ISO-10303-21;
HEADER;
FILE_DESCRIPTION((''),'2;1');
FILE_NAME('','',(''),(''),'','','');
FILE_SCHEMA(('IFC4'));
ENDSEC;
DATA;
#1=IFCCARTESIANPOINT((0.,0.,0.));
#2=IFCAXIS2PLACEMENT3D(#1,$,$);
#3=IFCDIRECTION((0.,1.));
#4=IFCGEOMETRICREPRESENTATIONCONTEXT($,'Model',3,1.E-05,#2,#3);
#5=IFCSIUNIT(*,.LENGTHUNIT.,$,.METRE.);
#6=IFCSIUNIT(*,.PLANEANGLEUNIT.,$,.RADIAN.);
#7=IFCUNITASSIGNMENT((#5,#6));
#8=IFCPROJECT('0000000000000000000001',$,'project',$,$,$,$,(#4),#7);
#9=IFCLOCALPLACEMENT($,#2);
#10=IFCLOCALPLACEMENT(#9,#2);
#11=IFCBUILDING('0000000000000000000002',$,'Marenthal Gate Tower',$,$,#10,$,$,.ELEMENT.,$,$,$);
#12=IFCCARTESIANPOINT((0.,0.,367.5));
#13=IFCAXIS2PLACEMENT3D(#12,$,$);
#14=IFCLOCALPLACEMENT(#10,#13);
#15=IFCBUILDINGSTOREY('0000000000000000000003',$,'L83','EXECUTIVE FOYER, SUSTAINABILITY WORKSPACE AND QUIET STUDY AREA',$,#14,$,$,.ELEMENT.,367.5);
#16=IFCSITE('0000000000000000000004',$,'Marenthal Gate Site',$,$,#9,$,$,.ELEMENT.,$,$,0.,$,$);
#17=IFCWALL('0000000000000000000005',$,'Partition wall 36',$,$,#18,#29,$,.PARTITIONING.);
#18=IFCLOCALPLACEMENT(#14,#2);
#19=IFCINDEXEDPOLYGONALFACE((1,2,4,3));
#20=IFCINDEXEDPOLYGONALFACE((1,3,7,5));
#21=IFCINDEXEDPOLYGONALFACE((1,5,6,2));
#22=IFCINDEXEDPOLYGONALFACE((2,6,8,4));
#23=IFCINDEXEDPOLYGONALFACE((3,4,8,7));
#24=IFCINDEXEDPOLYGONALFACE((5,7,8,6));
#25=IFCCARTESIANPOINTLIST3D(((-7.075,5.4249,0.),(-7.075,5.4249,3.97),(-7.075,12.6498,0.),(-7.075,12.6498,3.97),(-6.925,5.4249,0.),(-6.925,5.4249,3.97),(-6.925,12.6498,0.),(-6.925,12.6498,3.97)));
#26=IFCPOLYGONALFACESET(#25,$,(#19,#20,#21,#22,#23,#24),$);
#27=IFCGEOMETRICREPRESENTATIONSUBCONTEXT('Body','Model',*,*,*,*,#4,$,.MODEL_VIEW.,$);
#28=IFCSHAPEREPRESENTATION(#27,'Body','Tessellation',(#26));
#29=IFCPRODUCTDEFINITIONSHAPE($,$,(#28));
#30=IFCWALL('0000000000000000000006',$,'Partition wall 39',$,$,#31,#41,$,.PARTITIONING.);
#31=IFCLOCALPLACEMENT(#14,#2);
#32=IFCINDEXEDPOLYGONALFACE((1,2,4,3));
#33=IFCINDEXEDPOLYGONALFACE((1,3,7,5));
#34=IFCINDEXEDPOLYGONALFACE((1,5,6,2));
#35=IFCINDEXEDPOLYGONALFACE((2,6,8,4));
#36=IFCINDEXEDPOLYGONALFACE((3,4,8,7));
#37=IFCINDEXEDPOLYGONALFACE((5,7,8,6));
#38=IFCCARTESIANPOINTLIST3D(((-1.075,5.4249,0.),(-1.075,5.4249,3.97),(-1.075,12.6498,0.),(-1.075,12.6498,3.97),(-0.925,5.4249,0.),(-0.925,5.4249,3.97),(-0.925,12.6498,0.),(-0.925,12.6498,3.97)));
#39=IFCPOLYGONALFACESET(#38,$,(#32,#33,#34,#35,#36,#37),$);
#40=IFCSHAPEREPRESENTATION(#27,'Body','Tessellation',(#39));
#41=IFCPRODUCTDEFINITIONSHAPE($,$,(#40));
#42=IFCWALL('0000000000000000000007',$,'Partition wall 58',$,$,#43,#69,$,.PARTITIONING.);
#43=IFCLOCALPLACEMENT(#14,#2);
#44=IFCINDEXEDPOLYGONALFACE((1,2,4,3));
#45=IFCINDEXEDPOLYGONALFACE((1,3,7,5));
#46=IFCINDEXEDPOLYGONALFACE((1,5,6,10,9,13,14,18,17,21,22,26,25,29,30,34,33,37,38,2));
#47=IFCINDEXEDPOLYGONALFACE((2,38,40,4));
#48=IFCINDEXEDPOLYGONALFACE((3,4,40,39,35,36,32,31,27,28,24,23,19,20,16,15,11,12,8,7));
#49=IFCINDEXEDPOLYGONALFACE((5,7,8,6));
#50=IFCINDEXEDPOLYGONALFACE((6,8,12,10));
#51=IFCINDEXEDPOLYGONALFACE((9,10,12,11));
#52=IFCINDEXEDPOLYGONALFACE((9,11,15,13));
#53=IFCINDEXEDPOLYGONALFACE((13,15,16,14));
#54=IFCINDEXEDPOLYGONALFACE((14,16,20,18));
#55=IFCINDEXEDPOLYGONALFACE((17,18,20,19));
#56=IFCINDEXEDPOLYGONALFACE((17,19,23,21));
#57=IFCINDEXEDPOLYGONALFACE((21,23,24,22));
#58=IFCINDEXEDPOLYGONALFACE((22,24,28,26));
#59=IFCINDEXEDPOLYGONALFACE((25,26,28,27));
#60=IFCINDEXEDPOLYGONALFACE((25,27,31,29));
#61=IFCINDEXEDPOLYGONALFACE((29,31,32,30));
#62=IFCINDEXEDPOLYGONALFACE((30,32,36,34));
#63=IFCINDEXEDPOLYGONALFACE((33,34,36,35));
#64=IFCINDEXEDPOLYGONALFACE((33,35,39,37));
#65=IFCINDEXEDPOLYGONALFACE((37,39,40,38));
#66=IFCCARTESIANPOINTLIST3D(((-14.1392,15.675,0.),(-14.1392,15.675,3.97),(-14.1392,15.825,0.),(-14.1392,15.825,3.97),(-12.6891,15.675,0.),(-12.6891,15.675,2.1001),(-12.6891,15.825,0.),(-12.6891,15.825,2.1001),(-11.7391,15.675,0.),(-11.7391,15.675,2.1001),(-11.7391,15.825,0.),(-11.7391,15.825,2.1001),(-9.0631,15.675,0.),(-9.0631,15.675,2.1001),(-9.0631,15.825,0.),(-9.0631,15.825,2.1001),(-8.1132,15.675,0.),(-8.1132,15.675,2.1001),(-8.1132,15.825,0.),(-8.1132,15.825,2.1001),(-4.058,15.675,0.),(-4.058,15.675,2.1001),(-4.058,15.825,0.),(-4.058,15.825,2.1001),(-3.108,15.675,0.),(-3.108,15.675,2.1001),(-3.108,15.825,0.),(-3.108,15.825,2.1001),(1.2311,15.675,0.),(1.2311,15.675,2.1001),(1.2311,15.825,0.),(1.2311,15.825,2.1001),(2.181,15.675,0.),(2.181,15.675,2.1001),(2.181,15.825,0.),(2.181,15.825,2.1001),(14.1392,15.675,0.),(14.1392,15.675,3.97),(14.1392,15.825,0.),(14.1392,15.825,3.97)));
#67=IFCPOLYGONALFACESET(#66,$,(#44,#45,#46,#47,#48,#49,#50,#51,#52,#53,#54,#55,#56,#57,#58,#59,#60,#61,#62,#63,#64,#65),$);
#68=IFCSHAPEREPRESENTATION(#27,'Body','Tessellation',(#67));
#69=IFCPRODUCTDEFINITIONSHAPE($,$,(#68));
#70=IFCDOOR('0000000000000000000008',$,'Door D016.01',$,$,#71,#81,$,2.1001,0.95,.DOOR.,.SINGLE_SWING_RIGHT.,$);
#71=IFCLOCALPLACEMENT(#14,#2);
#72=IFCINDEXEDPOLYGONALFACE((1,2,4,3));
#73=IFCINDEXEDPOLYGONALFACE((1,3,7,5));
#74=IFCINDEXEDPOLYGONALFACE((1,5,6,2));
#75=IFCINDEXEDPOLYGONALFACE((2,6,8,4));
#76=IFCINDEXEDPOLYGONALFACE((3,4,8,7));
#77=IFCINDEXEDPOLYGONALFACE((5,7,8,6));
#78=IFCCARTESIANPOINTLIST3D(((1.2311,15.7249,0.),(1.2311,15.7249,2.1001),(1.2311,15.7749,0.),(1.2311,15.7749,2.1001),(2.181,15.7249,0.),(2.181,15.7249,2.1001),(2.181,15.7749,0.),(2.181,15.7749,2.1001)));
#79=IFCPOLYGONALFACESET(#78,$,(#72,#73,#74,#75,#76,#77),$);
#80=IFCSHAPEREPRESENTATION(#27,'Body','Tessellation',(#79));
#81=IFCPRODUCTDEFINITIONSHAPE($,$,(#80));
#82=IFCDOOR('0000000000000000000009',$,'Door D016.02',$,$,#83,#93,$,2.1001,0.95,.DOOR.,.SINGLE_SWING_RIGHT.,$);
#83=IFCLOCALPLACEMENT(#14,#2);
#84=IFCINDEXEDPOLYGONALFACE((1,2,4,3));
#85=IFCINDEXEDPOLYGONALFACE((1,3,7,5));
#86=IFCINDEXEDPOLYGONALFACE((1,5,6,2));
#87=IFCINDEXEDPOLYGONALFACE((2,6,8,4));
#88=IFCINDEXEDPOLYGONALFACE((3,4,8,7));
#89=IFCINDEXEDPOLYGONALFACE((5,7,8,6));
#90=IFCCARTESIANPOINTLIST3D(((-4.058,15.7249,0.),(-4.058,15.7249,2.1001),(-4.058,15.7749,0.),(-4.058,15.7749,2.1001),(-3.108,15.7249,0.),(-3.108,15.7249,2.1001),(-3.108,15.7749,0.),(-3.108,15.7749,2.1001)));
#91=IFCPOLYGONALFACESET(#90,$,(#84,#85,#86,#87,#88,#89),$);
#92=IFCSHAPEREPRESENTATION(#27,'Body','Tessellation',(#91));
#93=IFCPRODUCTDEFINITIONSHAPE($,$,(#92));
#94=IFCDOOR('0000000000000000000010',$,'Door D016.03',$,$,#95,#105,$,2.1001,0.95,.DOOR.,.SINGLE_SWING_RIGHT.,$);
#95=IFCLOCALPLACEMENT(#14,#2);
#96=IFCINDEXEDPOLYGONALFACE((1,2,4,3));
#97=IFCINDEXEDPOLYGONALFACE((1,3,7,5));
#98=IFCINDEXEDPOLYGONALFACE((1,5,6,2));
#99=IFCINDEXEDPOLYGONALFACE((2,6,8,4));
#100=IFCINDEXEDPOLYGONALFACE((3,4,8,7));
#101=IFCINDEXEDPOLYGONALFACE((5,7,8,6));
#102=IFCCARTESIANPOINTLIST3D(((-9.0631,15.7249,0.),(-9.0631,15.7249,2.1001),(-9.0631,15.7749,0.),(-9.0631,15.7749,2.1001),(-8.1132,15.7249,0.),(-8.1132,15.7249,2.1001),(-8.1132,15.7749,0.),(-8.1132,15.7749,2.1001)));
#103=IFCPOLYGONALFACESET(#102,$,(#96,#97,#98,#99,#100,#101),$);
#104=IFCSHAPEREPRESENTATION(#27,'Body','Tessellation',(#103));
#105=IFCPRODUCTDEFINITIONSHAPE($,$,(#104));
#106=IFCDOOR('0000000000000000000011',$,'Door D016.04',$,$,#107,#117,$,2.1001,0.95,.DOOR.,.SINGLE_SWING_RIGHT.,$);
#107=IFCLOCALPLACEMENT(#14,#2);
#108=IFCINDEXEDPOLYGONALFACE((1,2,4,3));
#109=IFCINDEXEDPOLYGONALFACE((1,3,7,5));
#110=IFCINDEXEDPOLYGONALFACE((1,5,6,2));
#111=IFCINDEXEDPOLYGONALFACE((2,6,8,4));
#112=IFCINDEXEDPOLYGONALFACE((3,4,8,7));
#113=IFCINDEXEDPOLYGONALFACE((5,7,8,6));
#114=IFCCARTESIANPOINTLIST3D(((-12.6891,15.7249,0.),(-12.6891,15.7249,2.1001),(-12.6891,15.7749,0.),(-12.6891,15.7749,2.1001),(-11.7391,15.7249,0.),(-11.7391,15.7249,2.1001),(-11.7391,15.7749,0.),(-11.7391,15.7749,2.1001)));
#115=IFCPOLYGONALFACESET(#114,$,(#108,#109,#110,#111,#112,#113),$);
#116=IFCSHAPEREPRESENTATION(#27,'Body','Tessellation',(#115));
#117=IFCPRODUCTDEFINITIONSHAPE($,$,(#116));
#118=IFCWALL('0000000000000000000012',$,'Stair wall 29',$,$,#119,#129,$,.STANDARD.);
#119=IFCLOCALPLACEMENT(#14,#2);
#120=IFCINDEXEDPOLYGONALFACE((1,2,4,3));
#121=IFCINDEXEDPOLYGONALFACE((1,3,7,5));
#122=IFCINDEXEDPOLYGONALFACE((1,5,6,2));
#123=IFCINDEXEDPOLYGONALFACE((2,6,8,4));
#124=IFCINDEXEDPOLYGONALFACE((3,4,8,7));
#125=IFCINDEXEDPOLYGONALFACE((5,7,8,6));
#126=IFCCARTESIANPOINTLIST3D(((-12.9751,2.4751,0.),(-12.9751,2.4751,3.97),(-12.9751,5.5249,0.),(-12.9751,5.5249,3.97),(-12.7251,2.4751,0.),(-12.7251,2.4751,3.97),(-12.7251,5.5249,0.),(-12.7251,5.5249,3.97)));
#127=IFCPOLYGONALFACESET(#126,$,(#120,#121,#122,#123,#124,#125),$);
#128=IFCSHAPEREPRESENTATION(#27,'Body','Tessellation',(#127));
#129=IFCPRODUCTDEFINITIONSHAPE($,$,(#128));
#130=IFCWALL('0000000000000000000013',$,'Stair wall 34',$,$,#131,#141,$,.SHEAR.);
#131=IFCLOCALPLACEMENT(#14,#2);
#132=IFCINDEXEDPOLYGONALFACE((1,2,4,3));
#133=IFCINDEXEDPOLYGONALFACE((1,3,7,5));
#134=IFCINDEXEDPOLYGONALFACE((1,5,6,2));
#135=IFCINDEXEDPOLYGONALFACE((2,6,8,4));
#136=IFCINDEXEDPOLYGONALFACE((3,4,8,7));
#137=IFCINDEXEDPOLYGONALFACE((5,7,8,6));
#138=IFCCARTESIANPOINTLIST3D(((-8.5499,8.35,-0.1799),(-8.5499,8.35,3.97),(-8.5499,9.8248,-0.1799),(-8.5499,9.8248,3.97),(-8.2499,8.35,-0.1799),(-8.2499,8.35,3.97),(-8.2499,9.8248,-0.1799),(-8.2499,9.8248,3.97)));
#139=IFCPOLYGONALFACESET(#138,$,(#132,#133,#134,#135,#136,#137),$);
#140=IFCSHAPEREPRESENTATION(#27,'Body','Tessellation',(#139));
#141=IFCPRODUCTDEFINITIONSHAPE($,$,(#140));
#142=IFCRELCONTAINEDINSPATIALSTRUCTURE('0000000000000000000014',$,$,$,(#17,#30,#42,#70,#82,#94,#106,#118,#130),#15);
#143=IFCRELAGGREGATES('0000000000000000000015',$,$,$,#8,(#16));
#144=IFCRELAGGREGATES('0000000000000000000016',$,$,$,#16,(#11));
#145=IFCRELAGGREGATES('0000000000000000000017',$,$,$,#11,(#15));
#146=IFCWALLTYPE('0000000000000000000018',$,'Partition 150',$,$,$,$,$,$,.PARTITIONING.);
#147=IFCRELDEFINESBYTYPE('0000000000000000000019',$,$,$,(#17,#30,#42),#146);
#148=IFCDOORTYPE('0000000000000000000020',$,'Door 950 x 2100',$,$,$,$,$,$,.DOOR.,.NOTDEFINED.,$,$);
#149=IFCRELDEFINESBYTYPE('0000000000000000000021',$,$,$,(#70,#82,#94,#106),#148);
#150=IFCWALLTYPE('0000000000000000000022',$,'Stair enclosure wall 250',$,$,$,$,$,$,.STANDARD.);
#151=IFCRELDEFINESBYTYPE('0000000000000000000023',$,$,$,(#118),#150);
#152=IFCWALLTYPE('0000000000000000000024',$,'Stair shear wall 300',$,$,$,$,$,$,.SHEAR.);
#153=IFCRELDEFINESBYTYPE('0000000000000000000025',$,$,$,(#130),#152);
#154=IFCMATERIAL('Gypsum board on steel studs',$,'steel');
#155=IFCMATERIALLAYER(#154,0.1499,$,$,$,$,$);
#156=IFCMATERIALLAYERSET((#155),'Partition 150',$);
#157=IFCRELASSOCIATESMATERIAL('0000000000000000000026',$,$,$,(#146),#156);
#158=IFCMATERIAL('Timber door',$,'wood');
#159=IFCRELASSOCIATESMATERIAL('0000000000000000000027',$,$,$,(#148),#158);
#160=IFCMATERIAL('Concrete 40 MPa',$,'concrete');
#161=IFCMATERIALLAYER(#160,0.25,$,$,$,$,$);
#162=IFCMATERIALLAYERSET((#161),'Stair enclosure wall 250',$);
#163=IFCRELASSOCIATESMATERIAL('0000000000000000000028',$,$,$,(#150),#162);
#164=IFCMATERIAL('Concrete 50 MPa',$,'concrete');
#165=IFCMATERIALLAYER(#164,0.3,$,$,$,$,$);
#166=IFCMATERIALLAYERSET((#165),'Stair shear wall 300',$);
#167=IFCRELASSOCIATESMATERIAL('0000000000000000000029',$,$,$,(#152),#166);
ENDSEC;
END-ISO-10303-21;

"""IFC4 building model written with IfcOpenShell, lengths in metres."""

from ifc_helpers import new_model, si_unit, direction, frame, frame_2d, origin, place, context, subcontext, project, spatial, rectangle, extrude, material, layer, layer_set, type_object, element, fill, save


model = new_model("IFC4")

# Units and contexts
model_context = context("Model", 3, precision=1e-05, world=origin(), true_north=direction((0.0, 1.0)))
body_context = subcontext(model_context, "Body", "Model", "MODEL_VIEW")
ifc_project = project(units=[si_unit("LENGTHUNIT", "METRE"), si_unit("PLANEANGLEUNIT", "RADIAN")], contexts=[model_context])

# Site, building, storey
site_placement = place(None, origin())
site = spatial("IfcSite", under=ifc_project, at=site_placement, Name="Marenthal Gate Site", CompositionType="ELEMENT", RefElevation=0.0)
building_placement = place(site_placement, origin())
building = spatial("IfcBuilding", under=site, at=building_placement, Name="Marenthal Gate Tower", CompositionType="ELEMENT")
storey_placement = place(building_placement, frame((0.0, 0.0, 367.5)))
storey = spatial("IfcBuildingStorey", under=building, at=storey_placement, Name="L83", Description="EXECUTIVE FOYER, SUSTAINABILITY WORKSPACE AND QUIET STUDY AREA", CompositionType="ELEMENT", Elevation=367.5)

# Walls
ifc_material_1 = material(Name="Gypsum board on steel studs", Category="steel")
ifc_layer_1 = layer(ifc_material_1, 0.1499)
ifc_layer_set_1 = layer_set([ifc_layer_1], Name="Partition 150")
wall_type_1 = type_object("IfcWallType", Name="Partition 150", PredefinedType="PARTITIONING", material=ifc_layer_set_1)
for number, where, z_axis, x_axis, name in (
    (1, (-7.0, 5.425, 0.0), (0.0, 0.0, 1.0), (0.0, 1.0, 0.0), "Partition wall 36"),
    (2, (-1.0, 5.425, 0.0), (0.0, 0.0, 1.0), (0.0, 1.0, 0.0), "Partition wall 39"),
):
    element("IfcWall", number, at=place(storey_placement, frame(where, z_axis=z_axis, x_axis=x_axis)), inside=storey, type_object=wall_type_1, Name=name, PredefinedType="PARTITIONING", context=body_context, shape_type="SweptSolid", body=[
        extrude(rectangle(XDim=7.2249, YDim=0.1499, at=frame_2d((3.6123, 0.0))), origin(), (0.0, 0.0, 1.0), 3.97),
    ])

# Wall, openings, doors
wall_1_placement = place(storey_placement, frame((-14.1392, 15.75, 0.0), z_axis=(0.0, 0.0, 1.0), x_axis=(1.0, 0.0, 0.0)))
wall_1 = element("IfcWall", 3, at=wall_1_placement, inside=storey, type_object=wall_type_1, Name="Partition wall 58", PredefinedType="PARTITIONING", context=body_context, shape_type="SweptSolid", body=[
    extrude(rectangle(XDim=28.2783, YDim=0.1499, at=frame_2d((14.1392, 0.0))), origin(), (0.0, 0.0, 1.0), 3.97),
])
opening_1_placement = place(wall_1_placement, frame((15.3701, 0.0, 0.0)))
opening_1 = element("IfcOpeningElement", 4, at=opening_1_placement, cuts=wall_1, PredefinedType="OPENING", context=body_context, shape_type="SweptSolid", body=[
    extrude(rectangle(XDim=0.95, YDim=2.1001, at=frame_2d((0.4751, 1.05))), frame((0.0, 0.085, 0.0), z_axis=(0.0, -1.0, 0.0), x_axis=(1.0, 0.0, 0.0)), (0.0, 0.0, 1.0), 0.1699),
])
opening_2_placement = place(wall_1_placement, frame((10.0811, 0.0, 0.0)))
opening_2 = element("IfcOpeningElement", 5, at=opening_2_placement, cuts=wall_1, PredefinedType="OPENING", context=body_context, shape_type="SweptSolid", body=[
    extrude(rectangle(XDim=0.95, YDim=2.1001, at=frame_2d((0.4751, 1.05))), frame((0.0, 0.085, 0.0), z_axis=(0.0, -1.0, 0.0), x_axis=(1.0, 0.0, 0.0)), (0.0, 0.0, 1.0), 0.1699),
])
opening_3_placement = place(wall_1_placement, frame((5.0759, 0.0, 0.0)))
opening_3 = element("IfcOpeningElement", 6, at=opening_3_placement, cuts=wall_1, PredefinedType="OPENING", context=body_context, shape_type="SweptSolid", body=[
    extrude(rectangle(XDim=0.95, YDim=2.1001, at=frame_2d((0.4751, 1.05))), frame((0.0, 0.085, 0.0), z_axis=(0.0, -1.0, 0.0), x_axis=(1.0, 0.0, 0.0)), (0.0, 0.0, 1.0), 0.1699),
])
opening_4_placement = place(wall_1_placement, frame((1.45, 0.0, 0.0)))
opening_4 = element("IfcOpeningElement", 7, at=opening_4_placement, cuts=wall_1, PredefinedType="OPENING", context=body_context, shape_type="SweptSolid", body=[
    extrude(rectangle(XDim=0.95, YDim=2.1001, at=frame_2d((0.4751, 1.05))), frame((0.0, 0.085, 0.0), z_axis=(0.0, -1.0, 0.0), x_axis=(1.0, 0.0, 0.0)), (0.0, 0.0, 1.0), 0.1699),
])
ifc_material_2 = material(Name="Timber door", Category="wood")
door_type_1 = type_object("IfcDoorType", Name="Door 950 x 2100", OperationType="NOTDEFINED", PredefinedType="DOOR", material=ifc_material_2)
door_1_placement = place(opening_1_placement, origin())
door_1 = element("IfcDoor", 8, at=door_1_placement, inside=storey, type_object=door_type_1, Name="Door D016.01", OperationType="SINGLE_SWING_RIGHT", OverallHeight=2.1001, OverallWidth=0.95, PredefinedType="DOOR", context=body_context, shape_type="SweptSolid", body=[
    extrude(rectangle(XDim=0.95, YDim=2.1001, at=frame_2d((0.4751, 1.05))), frame((0.0, 0.0249, 0.0), z_axis=(0.0, -1.0, 0.0), x_axis=(1.0, 0.0, 0.0)), (0.0, 0.0, 1.0), 0.05),
])
fill(opening_1, door_1)
door_2_placement = place(opening_2_placement, origin())
door_2 = element("IfcDoor", 9, at=door_2_placement, inside=storey, type_object=door_type_1, Name="Door D016.02", OperationType="SINGLE_SWING_RIGHT", OverallHeight=2.1001, OverallWidth=0.95, PredefinedType="DOOR", context=body_context, shape_type="SweptSolid", body=[
    extrude(rectangle(XDim=0.95, YDim=2.1001, at=frame_2d((0.4751, 1.05))), frame((0.0, 0.0249, 0.0), z_axis=(0.0, -1.0, 0.0), x_axis=(1.0, 0.0, 0.0)), (0.0, 0.0, 1.0), 0.05),
])
fill(opening_2, door_2)
door_3_placement = place(opening_3_placement, origin())
door_3 = element("IfcDoor", 10, at=door_3_placement, inside=storey, type_object=door_type_1, Name="Door D016.03", OperationType="SINGLE_SWING_RIGHT", OverallHeight=2.1001, OverallWidth=0.95, PredefinedType="DOOR", context=body_context, shape_type="SweptSolid", body=[
    extrude(rectangle(XDim=0.95, YDim=2.1001, at=frame_2d((0.4751, 1.05))), frame((0.0, 0.0249, 0.0), z_axis=(0.0, -1.0, 0.0), x_axis=(1.0, 0.0, 0.0)), (0.0, 0.0, 1.0), 0.05),
])
fill(opening_3, door_3)
door_4_placement = place(opening_4_placement, origin())
door_4 = element("IfcDoor", 11, at=door_4_placement, inside=storey, type_object=door_type_1, Name="Door D016.04", OperationType="SINGLE_SWING_RIGHT", OverallHeight=2.1001, OverallWidth=0.95, PredefinedType="DOOR", context=body_context, shape_type="SweptSolid", body=[
    extrude(rectangle(XDim=0.95, YDim=2.1001, at=frame_2d((0.4751, 1.05))), frame((0.0, 0.0249, 0.0), z_axis=(0.0, -1.0, 0.0), x_axis=(1.0, 0.0, 0.0)), (0.0, 0.0, 1.0), 0.05),
])
fill(opening_4, door_4)

# Walls
ifc_material_3 = material(Name="Concrete 40 MPa", Category="concrete")
ifc_layer_2 = layer(ifc_material_3, 0.25)
ifc_layer_set_2 = layer_set([ifc_layer_2], Name="Stair enclosure wall 250")
wall_type_2 = type_object("IfcWallType", Name="Stair enclosure wall 250", PredefinedType="STANDARD", material=ifc_layer_set_2)
wall_2_placement = place(storey_placement, frame((-12.8501, 2.4751, 0.0), z_axis=(0.0, 0.0, 1.0), x_axis=(0.0, 1.0, 0.0)))
element("IfcWall", 12, at=wall_2_placement, inside=storey, type_object=wall_type_2, Name="Stair wall 29", PredefinedType="STANDARD", context=body_context, shape_type="SweptSolid", body=[
    extrude(rectangle(XDim=3.0498, YDim=0.25, at=frame_2d((1.5249, 0.0))), origin(), (0.0, 0.0, 1.0), 3.97),
])
ifc_material_4 = material(Name="Concrete 50 MPa", Category="concrete")
ifc_layer_3 = layer(ifc_material_4, 0.3)
ifc_layer_set_3 = layer_set([ifc_layer_3], Name="Stair shear wall 300")
wall_type_3 = type_object("IfcWallType", Name="Stair shear wall 300", PredefinedType="SHEAR", material=ifc_layer_set_3)
wall_3_placement = place(storey_placement, frame((-8.3999, 8.3501, -0.1799), z_axis=(0.0, 0.0, 1.0), x_axis=(0.0, 1.0, 0.0)))
element("IfcWall", 13, at=wall_3_placement, inside=storey, type_object=wall_type_3, Name="Stair wall 34", PredefinedType="SHEAR", context=body_context, shape_type="SweptSolid", body=[
    extrude(rectangle(XDim=1.4749, YDim=0.3, at=frame_2d((0.7373, 0.0))), origin(), (0.0, 0.0, 1.0), 4.1499),
])

save(model, "model.ifc")
